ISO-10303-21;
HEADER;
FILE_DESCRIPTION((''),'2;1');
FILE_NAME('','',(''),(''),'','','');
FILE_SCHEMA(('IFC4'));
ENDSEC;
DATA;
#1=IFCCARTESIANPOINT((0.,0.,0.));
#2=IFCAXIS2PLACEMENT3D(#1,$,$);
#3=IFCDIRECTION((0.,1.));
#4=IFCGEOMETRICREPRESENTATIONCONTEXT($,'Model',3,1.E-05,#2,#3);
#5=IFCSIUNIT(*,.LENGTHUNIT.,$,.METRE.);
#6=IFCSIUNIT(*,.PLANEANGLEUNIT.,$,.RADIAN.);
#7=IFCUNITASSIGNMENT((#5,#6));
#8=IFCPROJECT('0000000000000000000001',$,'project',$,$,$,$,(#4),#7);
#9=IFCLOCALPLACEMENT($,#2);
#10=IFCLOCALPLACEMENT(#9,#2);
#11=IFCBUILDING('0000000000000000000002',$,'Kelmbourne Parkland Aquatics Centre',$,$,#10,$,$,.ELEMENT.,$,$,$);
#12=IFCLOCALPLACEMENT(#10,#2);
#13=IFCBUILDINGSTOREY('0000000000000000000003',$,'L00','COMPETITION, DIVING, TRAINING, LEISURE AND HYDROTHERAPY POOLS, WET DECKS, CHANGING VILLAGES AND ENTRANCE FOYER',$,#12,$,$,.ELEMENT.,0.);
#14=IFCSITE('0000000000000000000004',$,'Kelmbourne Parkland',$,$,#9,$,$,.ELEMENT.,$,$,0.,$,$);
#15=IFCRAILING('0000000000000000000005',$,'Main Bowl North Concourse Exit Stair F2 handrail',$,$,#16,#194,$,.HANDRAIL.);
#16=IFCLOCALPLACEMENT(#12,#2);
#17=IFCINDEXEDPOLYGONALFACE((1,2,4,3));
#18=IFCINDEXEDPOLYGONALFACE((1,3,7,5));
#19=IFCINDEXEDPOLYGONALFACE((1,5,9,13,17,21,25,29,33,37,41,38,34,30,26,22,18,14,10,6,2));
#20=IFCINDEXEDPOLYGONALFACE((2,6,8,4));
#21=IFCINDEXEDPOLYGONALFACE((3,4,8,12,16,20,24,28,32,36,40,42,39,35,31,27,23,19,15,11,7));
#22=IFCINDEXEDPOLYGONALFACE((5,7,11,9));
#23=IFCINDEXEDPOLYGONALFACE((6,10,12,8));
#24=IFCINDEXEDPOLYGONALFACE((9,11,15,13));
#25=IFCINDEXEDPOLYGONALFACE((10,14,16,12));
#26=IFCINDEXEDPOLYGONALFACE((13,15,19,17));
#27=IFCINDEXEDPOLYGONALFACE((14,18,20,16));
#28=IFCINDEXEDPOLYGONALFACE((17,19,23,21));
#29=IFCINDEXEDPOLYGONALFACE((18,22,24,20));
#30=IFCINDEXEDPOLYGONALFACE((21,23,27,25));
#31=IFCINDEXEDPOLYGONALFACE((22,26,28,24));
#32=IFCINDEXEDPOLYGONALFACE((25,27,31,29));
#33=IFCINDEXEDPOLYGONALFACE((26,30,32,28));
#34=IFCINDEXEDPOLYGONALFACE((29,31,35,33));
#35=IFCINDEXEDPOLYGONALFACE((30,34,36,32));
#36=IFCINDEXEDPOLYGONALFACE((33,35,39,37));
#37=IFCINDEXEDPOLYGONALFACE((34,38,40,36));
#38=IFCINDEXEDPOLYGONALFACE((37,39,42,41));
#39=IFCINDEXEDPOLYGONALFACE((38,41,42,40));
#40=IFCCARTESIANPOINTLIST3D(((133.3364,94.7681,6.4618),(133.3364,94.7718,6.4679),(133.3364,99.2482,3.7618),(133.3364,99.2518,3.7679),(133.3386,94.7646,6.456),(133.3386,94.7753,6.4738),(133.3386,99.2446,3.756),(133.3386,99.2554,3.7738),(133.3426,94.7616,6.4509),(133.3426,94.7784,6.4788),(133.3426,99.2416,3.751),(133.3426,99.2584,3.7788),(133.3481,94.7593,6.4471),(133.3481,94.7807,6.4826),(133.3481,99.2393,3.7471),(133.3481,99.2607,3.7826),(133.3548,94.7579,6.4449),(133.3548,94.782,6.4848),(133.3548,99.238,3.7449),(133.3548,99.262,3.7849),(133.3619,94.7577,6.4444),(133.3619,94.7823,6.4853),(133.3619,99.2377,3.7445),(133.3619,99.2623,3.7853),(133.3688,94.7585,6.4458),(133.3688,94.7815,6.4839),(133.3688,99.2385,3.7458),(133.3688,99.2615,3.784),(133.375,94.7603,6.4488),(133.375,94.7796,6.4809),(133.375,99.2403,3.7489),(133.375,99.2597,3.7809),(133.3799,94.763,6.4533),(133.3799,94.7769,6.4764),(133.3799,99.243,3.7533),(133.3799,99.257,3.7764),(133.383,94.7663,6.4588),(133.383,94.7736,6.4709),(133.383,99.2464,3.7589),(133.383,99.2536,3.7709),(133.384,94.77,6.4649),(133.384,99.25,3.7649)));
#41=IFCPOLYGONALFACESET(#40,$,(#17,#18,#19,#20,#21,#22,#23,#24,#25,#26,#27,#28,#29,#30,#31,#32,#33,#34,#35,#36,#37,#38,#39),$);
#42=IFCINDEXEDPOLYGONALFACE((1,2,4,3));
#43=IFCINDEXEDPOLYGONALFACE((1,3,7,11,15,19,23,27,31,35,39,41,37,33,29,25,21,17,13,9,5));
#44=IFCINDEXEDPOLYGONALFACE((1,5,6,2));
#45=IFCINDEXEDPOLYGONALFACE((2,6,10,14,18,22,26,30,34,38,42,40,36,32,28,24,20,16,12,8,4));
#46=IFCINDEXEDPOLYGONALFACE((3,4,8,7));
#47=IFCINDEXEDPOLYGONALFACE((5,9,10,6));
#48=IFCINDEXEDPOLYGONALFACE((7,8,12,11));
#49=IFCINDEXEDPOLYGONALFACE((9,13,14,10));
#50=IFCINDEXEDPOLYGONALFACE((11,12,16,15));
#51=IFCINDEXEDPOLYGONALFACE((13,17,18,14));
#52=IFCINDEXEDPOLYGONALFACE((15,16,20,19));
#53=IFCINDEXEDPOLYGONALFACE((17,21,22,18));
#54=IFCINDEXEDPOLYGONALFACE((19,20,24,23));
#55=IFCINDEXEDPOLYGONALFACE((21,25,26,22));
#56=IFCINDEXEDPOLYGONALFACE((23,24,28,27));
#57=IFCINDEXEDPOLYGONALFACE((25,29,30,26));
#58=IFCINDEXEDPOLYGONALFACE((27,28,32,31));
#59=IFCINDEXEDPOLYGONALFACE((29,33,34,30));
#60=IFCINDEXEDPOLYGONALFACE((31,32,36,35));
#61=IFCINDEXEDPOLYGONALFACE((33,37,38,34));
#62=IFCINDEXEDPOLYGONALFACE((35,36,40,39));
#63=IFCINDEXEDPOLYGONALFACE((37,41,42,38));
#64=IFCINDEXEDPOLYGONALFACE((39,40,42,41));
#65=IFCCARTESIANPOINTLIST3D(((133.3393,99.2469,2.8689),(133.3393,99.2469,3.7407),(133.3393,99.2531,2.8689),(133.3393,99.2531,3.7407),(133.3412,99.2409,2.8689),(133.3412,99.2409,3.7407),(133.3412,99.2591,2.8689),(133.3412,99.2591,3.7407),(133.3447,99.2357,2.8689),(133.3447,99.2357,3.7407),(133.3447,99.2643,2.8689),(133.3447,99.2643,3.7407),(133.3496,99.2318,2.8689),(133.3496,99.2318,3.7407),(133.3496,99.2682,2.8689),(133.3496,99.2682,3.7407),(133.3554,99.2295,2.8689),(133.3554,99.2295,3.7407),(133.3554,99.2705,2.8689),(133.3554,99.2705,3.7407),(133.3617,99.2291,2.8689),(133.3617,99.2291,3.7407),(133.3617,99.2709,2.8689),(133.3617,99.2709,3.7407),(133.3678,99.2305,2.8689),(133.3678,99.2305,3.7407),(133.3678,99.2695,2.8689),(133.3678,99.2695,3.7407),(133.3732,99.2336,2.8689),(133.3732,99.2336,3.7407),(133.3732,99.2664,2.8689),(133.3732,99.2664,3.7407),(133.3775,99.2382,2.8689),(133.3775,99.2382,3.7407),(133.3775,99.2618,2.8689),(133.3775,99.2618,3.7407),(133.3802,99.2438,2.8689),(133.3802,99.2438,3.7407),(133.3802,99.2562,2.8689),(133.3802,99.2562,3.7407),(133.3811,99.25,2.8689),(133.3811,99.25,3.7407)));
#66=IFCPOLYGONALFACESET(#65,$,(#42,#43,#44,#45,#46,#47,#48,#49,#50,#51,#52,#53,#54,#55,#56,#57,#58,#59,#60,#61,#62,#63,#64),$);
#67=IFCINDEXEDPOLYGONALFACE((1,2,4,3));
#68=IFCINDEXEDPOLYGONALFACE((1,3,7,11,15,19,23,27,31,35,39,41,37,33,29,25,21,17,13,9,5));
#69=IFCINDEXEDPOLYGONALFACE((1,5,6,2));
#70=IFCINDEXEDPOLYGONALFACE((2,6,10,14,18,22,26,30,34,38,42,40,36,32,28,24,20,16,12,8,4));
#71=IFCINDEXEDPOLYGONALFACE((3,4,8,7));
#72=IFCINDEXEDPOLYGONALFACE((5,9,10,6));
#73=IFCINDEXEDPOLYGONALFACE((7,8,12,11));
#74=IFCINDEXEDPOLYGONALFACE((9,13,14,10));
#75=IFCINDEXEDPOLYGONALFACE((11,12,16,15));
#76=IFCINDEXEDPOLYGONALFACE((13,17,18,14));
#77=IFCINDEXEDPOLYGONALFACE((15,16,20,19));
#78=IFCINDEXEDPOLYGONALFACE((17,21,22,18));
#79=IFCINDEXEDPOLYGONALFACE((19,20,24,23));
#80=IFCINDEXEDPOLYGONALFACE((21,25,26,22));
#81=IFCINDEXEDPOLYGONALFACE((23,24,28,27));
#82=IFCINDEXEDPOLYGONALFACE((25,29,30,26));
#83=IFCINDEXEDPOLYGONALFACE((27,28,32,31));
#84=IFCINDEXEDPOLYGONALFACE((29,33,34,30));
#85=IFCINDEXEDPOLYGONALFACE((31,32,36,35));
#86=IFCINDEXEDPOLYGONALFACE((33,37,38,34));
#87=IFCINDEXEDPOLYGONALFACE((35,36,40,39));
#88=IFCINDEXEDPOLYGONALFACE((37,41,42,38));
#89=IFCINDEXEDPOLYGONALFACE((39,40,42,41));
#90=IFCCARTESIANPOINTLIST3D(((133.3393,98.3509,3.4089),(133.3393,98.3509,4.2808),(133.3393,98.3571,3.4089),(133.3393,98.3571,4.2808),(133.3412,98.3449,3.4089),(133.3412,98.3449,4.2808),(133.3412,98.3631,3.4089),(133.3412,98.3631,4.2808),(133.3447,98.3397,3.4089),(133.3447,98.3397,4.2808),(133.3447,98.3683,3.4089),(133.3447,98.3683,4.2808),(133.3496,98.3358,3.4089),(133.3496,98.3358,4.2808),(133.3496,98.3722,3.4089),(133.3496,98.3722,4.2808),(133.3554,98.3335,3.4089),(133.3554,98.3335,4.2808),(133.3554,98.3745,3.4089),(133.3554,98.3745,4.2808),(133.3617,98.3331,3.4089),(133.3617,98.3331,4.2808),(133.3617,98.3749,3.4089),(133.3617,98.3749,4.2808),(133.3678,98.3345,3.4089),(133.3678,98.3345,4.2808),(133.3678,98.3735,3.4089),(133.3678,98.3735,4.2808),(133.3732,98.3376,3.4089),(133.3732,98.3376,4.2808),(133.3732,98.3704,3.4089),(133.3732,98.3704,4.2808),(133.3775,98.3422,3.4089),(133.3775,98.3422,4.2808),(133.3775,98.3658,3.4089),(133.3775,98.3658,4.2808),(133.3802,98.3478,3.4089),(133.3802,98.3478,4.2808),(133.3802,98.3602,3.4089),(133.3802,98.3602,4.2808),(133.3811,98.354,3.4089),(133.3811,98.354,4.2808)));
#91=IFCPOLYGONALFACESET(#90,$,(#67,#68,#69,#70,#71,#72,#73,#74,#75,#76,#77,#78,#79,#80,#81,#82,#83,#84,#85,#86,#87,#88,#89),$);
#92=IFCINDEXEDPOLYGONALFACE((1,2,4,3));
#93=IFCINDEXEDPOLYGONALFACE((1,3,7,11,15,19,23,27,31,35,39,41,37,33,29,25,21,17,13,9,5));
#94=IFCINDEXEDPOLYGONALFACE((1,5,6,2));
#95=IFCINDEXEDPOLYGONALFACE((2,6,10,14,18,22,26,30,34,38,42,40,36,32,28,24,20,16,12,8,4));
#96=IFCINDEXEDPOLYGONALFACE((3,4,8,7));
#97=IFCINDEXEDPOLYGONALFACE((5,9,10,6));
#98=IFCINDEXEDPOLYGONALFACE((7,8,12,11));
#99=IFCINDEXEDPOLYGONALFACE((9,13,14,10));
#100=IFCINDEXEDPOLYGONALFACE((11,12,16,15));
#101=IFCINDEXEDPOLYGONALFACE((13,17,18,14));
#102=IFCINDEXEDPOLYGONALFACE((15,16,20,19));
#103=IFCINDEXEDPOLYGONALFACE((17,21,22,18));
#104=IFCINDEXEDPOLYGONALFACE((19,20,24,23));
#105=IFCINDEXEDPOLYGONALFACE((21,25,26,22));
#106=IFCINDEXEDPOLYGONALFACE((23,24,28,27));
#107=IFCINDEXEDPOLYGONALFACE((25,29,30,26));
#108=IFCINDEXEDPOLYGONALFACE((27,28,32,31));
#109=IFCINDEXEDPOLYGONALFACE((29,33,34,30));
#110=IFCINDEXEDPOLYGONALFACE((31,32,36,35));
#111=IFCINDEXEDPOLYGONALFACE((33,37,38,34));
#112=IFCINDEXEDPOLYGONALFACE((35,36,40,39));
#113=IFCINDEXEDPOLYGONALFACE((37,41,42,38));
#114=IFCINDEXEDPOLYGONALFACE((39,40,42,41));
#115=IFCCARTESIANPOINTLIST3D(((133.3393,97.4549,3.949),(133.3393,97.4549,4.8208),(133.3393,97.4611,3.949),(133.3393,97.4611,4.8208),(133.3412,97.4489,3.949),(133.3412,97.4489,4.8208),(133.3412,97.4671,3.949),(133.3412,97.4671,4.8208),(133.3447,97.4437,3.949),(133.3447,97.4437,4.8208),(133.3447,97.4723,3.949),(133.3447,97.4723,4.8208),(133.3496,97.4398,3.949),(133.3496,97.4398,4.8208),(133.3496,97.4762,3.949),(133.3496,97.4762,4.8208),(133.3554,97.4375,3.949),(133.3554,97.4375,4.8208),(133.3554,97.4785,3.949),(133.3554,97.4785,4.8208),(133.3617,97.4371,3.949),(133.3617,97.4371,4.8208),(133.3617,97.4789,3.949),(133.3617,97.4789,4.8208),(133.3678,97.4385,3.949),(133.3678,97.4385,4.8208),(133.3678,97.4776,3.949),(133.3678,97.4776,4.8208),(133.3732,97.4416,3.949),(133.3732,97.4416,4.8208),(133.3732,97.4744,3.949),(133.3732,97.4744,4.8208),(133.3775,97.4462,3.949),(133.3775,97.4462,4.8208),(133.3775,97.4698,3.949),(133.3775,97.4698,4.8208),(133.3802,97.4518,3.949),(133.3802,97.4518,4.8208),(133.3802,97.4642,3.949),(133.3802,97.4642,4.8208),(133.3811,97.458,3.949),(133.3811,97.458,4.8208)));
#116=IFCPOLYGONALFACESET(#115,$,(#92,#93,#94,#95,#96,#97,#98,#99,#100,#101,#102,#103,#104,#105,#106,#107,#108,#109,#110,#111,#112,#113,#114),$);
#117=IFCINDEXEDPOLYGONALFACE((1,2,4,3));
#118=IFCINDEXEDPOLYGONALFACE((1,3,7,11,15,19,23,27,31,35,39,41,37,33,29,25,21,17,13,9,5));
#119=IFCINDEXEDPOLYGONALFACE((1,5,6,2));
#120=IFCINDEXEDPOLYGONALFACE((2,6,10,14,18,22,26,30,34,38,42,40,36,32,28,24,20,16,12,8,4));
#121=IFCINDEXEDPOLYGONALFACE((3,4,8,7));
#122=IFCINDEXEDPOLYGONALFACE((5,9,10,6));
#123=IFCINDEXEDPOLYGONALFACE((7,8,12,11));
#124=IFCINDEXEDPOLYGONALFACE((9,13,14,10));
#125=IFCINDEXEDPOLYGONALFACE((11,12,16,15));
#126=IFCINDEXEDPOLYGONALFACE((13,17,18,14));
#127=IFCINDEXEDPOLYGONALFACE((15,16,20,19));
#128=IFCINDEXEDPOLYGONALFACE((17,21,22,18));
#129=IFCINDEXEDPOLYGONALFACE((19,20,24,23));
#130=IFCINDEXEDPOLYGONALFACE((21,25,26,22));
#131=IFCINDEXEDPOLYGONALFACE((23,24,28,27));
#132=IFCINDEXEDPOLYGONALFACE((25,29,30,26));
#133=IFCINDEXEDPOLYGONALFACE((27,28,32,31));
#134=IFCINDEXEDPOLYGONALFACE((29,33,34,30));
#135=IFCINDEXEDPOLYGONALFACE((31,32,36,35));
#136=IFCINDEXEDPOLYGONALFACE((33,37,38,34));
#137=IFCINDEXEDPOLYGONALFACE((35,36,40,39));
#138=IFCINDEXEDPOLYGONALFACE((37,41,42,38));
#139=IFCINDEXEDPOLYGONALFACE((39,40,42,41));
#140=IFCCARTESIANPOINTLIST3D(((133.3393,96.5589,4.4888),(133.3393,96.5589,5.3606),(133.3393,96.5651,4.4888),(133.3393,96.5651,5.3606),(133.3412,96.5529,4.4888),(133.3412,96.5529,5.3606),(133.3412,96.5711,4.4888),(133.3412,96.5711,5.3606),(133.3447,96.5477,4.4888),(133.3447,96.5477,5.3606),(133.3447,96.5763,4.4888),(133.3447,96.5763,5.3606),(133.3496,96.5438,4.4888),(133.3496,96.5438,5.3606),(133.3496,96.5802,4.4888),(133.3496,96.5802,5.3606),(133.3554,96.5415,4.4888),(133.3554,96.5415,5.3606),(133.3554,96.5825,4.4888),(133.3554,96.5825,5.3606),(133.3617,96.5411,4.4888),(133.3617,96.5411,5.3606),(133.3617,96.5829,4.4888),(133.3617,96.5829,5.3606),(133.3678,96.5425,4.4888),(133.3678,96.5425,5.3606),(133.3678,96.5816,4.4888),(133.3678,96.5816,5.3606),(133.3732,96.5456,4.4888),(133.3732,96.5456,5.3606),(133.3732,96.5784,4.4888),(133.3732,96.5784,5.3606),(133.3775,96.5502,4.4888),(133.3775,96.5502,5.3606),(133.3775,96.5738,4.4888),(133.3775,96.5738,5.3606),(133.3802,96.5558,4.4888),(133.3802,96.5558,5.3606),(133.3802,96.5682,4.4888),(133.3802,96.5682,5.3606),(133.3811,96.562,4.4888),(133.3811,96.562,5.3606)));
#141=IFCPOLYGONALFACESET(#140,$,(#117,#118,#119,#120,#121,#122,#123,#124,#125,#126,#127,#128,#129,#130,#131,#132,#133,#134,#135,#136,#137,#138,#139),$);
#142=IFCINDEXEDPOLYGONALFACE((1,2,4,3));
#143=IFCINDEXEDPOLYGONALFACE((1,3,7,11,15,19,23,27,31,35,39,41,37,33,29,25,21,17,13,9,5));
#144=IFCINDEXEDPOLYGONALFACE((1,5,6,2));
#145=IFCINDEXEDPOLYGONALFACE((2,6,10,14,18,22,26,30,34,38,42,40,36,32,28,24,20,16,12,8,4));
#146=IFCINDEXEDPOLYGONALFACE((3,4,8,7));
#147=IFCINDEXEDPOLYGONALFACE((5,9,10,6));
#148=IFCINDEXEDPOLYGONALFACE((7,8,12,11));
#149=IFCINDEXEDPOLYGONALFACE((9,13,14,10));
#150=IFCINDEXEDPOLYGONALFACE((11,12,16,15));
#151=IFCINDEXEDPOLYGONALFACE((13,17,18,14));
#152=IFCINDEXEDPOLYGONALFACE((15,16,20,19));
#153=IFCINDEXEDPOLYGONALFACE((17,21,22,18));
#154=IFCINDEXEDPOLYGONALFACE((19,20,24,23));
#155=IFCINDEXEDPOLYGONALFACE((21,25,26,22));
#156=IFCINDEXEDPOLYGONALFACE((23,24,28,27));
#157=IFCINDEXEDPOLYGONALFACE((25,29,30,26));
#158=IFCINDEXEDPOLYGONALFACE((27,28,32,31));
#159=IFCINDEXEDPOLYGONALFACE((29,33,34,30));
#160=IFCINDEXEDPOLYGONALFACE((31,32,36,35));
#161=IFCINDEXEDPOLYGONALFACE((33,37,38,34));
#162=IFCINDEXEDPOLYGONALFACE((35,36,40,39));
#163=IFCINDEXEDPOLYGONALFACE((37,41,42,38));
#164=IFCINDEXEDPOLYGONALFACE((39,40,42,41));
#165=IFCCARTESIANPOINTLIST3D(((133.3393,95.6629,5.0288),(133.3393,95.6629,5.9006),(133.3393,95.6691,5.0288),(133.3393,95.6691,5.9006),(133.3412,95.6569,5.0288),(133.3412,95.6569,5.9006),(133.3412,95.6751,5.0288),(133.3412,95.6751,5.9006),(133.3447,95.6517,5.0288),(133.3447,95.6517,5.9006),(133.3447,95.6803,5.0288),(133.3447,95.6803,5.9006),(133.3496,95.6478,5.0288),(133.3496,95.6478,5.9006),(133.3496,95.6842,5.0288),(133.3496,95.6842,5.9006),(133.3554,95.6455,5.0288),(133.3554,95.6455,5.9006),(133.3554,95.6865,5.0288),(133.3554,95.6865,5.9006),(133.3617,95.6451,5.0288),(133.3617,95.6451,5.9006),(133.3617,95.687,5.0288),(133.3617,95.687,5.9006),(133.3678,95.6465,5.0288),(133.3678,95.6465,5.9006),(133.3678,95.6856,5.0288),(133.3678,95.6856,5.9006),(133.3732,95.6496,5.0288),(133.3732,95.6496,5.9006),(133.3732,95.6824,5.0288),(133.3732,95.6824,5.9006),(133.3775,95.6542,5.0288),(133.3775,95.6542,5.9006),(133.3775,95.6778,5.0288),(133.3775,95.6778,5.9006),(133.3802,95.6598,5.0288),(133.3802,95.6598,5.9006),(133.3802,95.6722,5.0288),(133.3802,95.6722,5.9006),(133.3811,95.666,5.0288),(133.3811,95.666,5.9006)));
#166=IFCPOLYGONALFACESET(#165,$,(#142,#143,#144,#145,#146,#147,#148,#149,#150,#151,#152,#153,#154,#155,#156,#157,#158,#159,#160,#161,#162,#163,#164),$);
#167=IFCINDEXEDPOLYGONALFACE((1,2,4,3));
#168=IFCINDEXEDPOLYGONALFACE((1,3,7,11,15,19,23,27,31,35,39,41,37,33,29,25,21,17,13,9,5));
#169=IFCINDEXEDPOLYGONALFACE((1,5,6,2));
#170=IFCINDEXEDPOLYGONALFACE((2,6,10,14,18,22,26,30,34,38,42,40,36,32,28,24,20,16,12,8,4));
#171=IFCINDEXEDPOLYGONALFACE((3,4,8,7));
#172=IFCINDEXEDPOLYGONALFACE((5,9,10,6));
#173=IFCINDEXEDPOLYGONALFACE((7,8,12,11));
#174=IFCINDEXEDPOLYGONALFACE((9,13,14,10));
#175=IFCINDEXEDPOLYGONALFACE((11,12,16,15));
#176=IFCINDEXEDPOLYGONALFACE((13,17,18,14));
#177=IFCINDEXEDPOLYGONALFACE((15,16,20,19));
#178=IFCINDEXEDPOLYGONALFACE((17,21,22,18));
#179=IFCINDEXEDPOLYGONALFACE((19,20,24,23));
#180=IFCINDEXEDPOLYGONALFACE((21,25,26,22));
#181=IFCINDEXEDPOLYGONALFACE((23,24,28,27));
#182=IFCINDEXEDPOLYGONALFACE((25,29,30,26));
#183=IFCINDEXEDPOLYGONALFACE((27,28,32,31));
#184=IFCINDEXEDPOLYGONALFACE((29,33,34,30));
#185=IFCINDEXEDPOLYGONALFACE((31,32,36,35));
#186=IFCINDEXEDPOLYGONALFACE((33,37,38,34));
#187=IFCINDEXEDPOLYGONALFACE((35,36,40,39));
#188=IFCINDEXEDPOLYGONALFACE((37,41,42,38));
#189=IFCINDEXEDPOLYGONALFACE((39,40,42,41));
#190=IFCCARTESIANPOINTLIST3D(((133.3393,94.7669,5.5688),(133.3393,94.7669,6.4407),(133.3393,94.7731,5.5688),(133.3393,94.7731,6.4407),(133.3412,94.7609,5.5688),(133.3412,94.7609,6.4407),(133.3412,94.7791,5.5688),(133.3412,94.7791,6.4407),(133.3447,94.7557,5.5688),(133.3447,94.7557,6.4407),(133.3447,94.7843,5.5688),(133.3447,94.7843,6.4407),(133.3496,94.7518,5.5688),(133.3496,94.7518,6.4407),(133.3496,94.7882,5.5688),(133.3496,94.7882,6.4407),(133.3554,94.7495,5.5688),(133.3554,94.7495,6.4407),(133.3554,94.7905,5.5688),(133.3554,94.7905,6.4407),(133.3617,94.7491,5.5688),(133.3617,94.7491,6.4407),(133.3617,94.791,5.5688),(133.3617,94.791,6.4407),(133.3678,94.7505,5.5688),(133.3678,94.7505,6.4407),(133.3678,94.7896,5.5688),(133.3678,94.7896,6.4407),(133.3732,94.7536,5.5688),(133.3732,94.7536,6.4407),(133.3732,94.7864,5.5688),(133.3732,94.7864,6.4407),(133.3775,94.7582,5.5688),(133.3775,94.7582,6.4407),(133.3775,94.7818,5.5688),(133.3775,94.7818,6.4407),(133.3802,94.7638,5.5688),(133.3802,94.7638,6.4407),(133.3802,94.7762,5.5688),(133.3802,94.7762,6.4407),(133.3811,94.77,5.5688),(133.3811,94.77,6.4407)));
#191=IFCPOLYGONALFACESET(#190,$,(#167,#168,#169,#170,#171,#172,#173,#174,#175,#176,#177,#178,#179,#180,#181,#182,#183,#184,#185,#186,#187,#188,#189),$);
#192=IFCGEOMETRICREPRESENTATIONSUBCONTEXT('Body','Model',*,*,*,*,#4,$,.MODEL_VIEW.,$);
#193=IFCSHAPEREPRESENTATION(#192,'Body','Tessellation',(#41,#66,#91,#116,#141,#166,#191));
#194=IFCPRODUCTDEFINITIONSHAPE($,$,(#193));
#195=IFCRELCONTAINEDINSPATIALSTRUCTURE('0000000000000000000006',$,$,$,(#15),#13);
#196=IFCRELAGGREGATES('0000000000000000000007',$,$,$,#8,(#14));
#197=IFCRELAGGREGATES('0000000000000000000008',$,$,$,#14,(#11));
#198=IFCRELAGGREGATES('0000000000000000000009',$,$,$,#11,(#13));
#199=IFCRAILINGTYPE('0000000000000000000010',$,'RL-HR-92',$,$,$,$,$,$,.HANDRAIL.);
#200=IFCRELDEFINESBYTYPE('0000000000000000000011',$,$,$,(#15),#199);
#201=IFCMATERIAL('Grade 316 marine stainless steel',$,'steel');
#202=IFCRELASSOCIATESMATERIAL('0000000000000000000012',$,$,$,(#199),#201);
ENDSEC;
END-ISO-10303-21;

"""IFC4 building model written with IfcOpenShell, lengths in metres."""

from ifc_helpers import new_model, si_unit, direction, frame, origin, origin_2d, place, context, subcontext, project, spatial, circle, extrude, material, type_object, element, save


model = new_model("IFC4")

# Units and contexts
model_context = context("Model", 3, precision=1e-05, world=origin(), true_north=direction((0.0, 1.0)))
body_context = subcontext(model_context, "Body", "Model", "MODEL_VIEW")
ifc_project = project(units=[si_unit("LENGTHUNIT", "METRE"), si_unit("PLANEANGLEUNIT", "RADIAN")], contexts=[model_context])

# Site, building, storey
site_placement = place(None, origin())
site = spatial("IfcSite", under=ifc_project, at=site_placement, Name="Kelmbourne Parkland", CompositionType="ELEMENT", RefElevation=0.0)
building_placement = place(site_placement, origin())
building = spatial("IfcBuilding", under=site, at=building_placement, Name="Kelmbourne Parkland Aquatics Centre", CompositionType="ELEMENT")
storey_placement = place(building_placement, origin())
storey = spatial("IfcBuildingStorey", under=building, at=storey_placement, Name="L00", Description="COMPETITION, DIVING, TRAINING, LEISURE AND HYDROTHERAPY POOLS, WET DECKS, CHANGING VILLAGES AND ENTRANCE FOYER", CompositionType="ELEMENT", Elevation=0.0)

# Railing
ifc_material_1 = material(Name="Grade 316 marine stainless steel", Category="steel")
railing_type_1 = type_object("IfcRailingType", Name="RL-HR-92", PredefinedType="HANDRAIL", material=ifc_material_1)
for number, where, name in (
    (1, (133.3601, 99.25, 2.8689), "Main Bowl North Concourse Exit Stair F2 handrail"),
):
    element("IfcRailing", number, at=place(storey_placement, frame(where)), inside=storey, type_object=railing_type_1, Name=name, PredefinedType="HANDRAIL", context=body_context, shape_type="SweptSolid", body=[
        extrude(circle(Radius=0.0239, at=origin_2d()), frame((0.0, 0.0, 0.896), z_axis=(0.0, -0.856482, 0.516176), x_axis=(1.0, 0.0, 0.0)), (0.0, 0.0, 1.0), 5.2307),
        extrude(circle(Radius=0.021, at=origin_2d()), origin(), (0.0, 0.0, 1.0), 0.8718),
        extrude(circle(Radius=0.021, at=origin_2d()), frame((0.0, -0.896, 0.54)), (0.0, 0.0, 1.0), 0.8718),
        extrude(circle(Radius=0.021, at=origin_2d()), frame((0.0, -1.792, 1.0801)), (0.0, 0.0, 1.0), 0.8718),
        extrude(circle(Radius=0.021, at=origin_2d()), frame((0.0, -2.688, 1.6199)), (0.0, 0.0, 1.0), 0.8718),
        extrude(circle(Radius=0.021, at=origin_2d()), frame((0.0, -3.584, 2.1599)), (0.0, 0.0, 1.0), 0.8718),
        extrude(circle(Radius=0.021, at=origin_2d()), frame((0.0, -4.48, 2.7)), (0.0, 0.0, 1.0), 0.8718),
    ])

save(model, "model.ifc")
